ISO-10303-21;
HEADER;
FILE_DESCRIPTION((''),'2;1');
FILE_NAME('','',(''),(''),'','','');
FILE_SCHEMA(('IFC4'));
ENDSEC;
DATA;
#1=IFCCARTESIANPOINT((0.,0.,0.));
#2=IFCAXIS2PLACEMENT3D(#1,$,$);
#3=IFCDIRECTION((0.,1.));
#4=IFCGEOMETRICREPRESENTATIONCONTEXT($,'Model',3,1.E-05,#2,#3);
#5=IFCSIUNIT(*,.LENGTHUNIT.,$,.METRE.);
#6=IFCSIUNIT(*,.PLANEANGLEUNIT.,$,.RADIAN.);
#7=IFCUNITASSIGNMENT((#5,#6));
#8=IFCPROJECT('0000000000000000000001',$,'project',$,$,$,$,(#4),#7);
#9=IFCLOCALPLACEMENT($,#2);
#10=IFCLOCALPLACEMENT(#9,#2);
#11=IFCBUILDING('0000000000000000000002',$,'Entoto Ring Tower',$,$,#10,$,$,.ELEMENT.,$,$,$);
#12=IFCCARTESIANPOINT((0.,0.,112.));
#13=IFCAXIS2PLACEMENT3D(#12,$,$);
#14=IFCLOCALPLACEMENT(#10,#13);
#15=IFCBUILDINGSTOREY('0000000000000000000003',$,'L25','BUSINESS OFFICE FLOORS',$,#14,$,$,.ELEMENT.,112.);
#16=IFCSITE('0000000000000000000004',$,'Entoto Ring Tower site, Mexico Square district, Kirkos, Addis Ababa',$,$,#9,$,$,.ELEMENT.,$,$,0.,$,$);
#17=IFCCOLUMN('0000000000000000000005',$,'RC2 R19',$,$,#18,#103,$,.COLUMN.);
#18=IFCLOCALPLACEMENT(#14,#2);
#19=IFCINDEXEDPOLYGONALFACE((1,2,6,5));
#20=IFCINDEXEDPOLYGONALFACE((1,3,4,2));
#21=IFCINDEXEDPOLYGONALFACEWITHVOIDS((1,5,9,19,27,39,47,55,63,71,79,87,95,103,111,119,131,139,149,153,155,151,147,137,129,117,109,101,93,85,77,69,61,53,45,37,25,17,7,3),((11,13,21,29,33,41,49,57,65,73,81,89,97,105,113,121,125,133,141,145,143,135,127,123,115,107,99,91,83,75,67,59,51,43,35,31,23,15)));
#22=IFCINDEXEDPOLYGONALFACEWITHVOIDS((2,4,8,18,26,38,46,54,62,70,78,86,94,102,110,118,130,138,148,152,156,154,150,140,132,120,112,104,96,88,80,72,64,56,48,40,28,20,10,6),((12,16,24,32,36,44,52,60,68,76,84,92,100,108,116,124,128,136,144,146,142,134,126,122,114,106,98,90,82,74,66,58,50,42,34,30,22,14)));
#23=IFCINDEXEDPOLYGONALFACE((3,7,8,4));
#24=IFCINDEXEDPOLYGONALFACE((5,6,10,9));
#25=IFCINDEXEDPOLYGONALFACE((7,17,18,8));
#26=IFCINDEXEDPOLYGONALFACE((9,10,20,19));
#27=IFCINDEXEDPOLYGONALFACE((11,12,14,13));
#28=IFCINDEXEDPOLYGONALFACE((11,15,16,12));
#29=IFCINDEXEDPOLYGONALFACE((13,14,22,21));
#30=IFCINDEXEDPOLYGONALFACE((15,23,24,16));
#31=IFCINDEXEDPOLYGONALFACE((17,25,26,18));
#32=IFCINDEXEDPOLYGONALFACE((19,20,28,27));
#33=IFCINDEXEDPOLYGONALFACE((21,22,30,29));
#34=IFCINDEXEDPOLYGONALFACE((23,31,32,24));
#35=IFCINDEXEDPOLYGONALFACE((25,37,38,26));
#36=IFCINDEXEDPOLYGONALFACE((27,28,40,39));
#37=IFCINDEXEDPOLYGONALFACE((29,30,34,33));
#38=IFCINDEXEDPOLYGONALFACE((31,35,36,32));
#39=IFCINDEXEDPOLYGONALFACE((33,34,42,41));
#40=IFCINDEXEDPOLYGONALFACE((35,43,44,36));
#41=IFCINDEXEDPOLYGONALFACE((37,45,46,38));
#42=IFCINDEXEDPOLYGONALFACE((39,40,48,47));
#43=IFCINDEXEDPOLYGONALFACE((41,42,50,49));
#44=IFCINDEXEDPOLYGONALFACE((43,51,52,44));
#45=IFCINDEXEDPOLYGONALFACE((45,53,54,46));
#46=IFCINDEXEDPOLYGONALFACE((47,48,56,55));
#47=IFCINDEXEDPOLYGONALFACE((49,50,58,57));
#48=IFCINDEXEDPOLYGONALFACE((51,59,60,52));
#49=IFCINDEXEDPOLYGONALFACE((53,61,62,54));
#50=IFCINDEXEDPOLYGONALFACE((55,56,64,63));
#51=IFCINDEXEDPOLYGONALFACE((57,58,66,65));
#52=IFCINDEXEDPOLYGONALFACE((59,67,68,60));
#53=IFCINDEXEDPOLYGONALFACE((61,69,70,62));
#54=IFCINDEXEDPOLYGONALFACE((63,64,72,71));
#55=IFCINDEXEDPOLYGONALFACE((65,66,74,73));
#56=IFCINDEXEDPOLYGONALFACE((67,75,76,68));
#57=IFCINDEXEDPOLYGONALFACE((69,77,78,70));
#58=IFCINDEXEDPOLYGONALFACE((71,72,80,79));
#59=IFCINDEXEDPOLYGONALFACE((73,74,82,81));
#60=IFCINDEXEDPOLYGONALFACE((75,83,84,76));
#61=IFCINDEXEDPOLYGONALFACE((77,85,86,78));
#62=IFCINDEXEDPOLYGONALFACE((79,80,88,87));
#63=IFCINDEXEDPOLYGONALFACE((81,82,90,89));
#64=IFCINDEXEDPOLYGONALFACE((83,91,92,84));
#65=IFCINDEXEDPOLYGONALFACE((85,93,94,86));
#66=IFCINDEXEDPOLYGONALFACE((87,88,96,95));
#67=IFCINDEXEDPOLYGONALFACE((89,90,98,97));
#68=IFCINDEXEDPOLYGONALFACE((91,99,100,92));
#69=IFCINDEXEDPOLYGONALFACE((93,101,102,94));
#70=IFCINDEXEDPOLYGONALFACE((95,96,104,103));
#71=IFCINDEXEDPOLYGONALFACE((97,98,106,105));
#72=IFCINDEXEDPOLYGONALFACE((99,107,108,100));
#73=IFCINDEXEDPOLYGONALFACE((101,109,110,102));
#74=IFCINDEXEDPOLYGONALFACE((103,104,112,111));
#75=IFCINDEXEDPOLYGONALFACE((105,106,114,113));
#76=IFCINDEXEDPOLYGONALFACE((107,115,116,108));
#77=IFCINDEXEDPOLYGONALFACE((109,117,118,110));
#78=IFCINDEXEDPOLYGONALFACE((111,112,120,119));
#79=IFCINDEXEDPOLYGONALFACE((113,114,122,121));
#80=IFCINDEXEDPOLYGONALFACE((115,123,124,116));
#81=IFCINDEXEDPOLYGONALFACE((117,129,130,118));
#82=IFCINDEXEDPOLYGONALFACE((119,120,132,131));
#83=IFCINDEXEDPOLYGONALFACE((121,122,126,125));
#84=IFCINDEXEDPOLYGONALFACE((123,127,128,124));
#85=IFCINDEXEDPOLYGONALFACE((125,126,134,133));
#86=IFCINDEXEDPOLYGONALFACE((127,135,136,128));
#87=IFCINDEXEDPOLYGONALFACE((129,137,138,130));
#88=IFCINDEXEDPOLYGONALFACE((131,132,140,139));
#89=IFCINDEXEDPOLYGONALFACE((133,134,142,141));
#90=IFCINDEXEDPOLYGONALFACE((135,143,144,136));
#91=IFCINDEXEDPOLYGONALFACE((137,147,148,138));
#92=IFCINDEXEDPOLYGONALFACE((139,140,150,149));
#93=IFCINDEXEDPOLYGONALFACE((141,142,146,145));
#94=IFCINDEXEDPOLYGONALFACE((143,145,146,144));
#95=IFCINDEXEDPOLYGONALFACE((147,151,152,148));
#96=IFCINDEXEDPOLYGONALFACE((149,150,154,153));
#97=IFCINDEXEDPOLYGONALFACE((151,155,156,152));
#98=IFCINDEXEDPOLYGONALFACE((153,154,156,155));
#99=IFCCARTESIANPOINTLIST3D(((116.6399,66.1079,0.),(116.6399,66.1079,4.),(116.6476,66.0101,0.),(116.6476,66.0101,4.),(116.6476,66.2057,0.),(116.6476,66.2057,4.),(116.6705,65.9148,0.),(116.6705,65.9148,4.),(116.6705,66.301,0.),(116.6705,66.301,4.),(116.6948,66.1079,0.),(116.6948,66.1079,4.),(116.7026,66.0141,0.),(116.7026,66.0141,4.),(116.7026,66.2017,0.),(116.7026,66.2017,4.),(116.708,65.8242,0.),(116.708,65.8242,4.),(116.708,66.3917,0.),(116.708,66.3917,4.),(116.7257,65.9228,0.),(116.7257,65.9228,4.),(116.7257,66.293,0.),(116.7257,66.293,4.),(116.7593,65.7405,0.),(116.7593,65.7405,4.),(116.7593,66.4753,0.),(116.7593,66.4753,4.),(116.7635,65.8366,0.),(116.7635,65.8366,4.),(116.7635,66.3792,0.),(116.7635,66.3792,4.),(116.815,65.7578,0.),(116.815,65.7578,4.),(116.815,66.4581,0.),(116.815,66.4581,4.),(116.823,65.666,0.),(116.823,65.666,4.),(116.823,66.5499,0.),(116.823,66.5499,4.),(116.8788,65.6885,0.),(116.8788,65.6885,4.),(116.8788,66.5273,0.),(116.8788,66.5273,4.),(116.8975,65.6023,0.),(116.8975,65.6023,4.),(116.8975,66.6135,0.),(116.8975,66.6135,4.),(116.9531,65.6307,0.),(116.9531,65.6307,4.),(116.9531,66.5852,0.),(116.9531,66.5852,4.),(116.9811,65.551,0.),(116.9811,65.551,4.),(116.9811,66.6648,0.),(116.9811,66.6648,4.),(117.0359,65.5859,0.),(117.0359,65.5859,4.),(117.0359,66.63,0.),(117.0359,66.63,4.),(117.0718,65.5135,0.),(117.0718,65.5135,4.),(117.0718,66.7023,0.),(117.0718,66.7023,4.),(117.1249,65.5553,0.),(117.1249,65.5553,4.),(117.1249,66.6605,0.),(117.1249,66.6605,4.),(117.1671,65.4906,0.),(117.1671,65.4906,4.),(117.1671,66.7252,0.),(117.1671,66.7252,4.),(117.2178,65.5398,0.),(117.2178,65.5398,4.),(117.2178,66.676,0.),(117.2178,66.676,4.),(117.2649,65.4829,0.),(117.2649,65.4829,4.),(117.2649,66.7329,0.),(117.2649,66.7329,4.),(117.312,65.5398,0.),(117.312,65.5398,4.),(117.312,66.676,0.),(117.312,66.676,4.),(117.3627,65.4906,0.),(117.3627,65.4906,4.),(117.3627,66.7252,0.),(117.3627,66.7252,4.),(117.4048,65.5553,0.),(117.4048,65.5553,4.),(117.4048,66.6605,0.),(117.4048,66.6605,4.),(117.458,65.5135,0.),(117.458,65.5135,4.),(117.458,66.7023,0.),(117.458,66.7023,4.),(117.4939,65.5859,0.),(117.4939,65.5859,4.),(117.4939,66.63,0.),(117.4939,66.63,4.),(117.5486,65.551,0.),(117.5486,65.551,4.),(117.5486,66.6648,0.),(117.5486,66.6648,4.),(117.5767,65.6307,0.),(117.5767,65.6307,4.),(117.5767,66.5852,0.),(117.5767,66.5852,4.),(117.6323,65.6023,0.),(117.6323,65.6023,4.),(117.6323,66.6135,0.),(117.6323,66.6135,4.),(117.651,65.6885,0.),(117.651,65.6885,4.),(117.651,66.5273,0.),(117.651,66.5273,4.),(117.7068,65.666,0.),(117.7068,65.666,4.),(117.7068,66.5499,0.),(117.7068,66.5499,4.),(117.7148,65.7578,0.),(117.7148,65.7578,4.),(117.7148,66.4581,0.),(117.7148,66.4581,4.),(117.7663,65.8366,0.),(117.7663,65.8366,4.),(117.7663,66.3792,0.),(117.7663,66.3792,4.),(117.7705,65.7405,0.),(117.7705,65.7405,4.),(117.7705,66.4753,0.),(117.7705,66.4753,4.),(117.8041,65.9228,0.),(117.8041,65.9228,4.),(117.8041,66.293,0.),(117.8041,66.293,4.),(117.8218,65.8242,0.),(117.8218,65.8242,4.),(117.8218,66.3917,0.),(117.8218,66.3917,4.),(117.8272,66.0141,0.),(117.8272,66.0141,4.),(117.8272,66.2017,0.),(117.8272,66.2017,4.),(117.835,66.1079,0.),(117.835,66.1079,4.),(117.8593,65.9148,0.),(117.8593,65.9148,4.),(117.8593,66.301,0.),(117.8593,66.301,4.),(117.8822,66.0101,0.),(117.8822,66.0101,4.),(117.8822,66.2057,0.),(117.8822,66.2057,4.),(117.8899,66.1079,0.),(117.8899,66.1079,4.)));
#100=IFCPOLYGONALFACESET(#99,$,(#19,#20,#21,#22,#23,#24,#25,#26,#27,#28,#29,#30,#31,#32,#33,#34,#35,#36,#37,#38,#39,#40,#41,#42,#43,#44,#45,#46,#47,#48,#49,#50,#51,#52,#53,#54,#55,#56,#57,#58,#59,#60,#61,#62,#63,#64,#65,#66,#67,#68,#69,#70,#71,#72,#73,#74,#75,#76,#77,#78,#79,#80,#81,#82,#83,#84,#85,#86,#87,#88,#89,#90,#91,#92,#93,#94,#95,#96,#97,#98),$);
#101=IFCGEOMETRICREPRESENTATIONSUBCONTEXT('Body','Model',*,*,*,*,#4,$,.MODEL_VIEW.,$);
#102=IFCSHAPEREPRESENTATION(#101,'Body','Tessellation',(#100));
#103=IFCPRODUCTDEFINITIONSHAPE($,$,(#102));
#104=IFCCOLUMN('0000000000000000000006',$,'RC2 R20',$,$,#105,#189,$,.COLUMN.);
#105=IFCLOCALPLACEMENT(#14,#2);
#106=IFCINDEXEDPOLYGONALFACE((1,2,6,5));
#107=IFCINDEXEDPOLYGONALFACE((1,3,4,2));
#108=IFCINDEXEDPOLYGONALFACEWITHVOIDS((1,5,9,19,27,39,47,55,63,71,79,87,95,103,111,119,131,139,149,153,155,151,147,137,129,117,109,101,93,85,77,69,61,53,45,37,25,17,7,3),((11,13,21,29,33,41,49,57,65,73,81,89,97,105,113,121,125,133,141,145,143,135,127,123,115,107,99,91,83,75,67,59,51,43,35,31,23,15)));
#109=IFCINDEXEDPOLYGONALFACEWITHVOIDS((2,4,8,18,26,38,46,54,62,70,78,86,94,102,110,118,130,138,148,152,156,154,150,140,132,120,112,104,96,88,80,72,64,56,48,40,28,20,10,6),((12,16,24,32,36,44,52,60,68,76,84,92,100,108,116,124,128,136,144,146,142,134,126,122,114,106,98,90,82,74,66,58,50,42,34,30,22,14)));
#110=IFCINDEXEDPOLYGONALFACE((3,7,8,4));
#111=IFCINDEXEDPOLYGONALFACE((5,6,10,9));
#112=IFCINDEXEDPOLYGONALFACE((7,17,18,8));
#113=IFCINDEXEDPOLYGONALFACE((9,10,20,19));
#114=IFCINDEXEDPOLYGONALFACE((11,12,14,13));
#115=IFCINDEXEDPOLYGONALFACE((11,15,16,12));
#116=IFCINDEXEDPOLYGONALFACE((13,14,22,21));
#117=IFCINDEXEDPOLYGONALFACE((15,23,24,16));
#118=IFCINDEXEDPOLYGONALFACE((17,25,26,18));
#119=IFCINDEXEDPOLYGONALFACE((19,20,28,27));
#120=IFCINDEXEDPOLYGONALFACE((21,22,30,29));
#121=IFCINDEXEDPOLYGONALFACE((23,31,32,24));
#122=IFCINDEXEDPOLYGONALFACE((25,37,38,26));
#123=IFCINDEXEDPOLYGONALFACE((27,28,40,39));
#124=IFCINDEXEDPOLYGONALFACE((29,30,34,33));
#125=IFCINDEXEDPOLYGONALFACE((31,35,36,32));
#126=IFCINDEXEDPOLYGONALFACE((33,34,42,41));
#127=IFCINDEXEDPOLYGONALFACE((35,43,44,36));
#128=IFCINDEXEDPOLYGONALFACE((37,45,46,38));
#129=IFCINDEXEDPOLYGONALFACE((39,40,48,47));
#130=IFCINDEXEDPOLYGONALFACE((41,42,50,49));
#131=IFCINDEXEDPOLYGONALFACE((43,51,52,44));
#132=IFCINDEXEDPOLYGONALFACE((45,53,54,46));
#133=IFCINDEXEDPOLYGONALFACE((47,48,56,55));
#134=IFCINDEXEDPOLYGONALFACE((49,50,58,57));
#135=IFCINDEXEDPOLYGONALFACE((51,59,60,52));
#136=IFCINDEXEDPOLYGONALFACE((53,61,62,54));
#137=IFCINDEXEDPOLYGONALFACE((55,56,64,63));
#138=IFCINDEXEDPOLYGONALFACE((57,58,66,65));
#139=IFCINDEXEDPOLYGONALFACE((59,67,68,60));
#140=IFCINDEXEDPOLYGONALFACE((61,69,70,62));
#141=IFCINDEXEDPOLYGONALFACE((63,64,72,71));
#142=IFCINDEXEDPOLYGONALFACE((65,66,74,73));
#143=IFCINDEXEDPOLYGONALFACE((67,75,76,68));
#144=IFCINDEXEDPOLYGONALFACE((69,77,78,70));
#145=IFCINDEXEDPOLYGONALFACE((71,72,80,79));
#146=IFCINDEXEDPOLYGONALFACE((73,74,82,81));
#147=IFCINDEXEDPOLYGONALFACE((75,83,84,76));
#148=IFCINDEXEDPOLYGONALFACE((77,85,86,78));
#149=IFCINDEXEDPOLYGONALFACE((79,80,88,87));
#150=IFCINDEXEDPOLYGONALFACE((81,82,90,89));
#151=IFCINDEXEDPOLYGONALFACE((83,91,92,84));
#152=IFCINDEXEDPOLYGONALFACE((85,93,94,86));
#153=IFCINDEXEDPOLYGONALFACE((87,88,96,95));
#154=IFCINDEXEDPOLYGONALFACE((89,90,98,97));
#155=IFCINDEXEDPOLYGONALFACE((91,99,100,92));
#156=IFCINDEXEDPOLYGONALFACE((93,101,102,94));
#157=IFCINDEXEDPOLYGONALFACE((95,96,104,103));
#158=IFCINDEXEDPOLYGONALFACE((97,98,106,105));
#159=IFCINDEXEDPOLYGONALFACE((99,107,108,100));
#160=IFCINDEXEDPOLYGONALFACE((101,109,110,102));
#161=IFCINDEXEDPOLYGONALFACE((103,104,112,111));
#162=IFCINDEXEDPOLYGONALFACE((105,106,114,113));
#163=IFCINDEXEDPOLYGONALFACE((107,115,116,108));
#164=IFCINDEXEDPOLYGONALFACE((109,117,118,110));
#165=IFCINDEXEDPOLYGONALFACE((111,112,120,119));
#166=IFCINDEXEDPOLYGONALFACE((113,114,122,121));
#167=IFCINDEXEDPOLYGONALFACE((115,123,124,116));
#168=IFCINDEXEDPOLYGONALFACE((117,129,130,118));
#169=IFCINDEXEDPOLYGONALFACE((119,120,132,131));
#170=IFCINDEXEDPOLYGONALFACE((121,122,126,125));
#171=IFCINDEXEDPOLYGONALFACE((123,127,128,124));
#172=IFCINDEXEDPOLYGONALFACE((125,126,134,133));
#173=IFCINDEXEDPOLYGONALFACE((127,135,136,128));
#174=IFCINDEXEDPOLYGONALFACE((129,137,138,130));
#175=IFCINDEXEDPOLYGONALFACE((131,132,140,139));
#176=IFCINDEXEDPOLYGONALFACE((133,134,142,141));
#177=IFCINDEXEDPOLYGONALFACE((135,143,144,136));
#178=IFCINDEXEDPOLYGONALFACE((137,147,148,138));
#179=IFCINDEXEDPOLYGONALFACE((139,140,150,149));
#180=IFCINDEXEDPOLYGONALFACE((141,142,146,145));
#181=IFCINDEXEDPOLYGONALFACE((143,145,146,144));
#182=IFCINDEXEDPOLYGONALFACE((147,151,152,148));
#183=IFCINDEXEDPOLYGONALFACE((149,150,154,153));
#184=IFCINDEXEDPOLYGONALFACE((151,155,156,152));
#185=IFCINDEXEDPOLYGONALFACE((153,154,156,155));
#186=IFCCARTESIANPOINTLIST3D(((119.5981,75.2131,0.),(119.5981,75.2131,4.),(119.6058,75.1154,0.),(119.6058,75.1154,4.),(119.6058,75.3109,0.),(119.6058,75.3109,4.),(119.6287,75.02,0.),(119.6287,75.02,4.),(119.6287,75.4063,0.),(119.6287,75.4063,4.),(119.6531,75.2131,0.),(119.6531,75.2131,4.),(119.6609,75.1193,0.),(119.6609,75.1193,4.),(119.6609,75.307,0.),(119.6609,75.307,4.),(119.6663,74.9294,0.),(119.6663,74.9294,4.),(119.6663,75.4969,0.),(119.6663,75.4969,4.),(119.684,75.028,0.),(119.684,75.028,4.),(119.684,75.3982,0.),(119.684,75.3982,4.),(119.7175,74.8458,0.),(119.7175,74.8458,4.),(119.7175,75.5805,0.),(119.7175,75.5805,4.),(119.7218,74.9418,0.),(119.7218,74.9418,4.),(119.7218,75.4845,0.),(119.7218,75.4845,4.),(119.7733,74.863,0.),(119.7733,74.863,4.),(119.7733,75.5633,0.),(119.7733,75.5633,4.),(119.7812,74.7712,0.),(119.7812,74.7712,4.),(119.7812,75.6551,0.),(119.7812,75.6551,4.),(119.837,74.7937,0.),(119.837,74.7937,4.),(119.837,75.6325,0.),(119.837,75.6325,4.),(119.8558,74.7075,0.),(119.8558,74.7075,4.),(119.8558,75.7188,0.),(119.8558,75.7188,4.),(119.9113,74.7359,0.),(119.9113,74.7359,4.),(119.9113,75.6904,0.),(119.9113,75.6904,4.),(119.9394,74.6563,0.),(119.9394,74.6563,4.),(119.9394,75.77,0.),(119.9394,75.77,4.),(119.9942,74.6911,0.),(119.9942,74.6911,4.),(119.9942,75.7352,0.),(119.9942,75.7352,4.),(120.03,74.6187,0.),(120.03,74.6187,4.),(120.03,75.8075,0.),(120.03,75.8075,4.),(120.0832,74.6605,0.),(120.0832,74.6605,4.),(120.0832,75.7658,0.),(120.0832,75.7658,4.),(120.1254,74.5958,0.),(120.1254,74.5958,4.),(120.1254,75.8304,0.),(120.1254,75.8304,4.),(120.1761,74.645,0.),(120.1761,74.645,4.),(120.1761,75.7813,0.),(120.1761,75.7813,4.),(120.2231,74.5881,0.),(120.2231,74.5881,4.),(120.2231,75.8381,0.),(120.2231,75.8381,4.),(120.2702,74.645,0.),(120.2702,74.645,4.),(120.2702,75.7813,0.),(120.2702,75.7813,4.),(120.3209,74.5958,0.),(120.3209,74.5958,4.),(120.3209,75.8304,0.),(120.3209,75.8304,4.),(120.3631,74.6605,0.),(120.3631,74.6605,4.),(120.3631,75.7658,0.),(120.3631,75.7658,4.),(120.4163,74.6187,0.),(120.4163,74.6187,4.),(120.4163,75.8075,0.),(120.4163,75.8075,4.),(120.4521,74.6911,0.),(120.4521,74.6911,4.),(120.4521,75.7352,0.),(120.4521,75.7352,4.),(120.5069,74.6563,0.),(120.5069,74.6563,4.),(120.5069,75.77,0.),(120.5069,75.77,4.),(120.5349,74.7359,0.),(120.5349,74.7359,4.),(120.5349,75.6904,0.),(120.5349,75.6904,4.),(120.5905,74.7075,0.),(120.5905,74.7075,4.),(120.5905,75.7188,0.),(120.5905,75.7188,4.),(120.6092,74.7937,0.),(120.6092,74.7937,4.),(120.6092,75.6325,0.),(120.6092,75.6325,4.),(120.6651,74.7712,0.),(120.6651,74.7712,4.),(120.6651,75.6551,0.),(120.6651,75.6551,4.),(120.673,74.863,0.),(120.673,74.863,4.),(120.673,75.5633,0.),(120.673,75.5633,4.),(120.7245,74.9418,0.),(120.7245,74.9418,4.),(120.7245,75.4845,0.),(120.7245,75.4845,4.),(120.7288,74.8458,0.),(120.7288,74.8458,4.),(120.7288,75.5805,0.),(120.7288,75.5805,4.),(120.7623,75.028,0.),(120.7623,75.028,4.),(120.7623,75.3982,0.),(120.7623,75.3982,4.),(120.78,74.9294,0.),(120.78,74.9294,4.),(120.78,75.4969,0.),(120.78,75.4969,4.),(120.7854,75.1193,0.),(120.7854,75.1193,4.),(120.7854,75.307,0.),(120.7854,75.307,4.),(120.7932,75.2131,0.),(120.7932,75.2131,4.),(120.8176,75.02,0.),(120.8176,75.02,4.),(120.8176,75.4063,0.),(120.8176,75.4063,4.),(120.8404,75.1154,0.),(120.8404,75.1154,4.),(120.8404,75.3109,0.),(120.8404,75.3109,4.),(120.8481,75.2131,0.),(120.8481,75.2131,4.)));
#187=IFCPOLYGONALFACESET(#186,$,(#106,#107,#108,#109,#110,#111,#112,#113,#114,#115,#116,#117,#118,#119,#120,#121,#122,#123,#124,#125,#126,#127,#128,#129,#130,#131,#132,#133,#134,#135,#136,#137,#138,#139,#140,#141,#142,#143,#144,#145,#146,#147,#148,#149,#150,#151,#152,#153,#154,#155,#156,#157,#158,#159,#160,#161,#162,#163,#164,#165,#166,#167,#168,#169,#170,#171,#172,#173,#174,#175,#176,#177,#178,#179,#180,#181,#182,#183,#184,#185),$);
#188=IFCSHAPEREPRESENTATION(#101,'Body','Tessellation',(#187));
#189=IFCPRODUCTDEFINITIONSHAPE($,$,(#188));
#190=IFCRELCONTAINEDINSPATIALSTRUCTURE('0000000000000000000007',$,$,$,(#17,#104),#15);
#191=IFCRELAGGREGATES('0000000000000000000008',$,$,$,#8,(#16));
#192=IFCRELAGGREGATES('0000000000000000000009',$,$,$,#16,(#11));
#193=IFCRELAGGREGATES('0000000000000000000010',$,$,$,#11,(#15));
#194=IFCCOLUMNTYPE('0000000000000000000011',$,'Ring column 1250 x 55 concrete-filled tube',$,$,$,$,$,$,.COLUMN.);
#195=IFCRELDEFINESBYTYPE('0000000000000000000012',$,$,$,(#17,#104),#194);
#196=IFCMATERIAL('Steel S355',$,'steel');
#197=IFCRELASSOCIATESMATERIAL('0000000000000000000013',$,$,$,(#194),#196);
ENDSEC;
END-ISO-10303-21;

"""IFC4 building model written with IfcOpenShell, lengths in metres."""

from ifc_helpers import new_model, si_unit, direction, frame, origin, origin_2d, place, context, subcontext, project, spatial, circle, hollow_circle, extrude, material, material_profile, profile_set, type_object, element, save


model = new_model("IFC4")

# Units and contexts
model_context = context("Model", 3, precision=1e-05, world=origin(), true_north=direction((0.0, 1.0)))
body_context = subcontext(model_context, "Body", "Model", "MODEL_VIEW")
ifc_project = project(units=[si_unit("LENGTHUNIT", "METRE"), si_unit("PLANEANGLEUNIT", "RADIAN")], contexts=[model_context])

# Site, building, storey
site_placement = place(None, origin())
site = spatial("IfcSite", under=ifc_project, at=site_placement, Name="Entoto Ring Tower site, Mexico Square district, Kirkos, Addis Ababa", CompositionType="ELEMENT", RefElevation=0.0)
building_placement = place(site_placement, origin())
building = spatial("IfcBuilding", under=site, at=building_placement, Name="Entoto Ring Tower", CompositionType="ELEMENT")
storey_placement = place(building_placement, frame((0.0, 0.0, 112.0)))
storey = spatial("IfcBuildingStorey", under=building, at=storey_placement, Name="L25", Description="BUSINESS OFFICE FLOORS", CompositionType="ELEMENT", Elevation=112.0)

# Columns
ifc_material_1 = material(Name="Steel S355", Category="steel")
ifc_material_profile_1 = material_profile(ifc_material_1, hollow_circle(Radius=0.625, WallThickness=0.0549, at=origin_2d()), Name="CHS 1250 x 55")
ifc_material_2 = material(Name="Concrete C60/75", Category="concrete")
ifc_material_profile_2 = material_profile(ifc_material_2, circle(Radius=0.5701, at=origin_2d()), Name="Concrete C60/75 infill")
ifc_profile_set_1 = profile_set([ifc_material_profile_1, ifc_material_profile_2], Name="Steel S355")
column_type = type_object("IfcColumnType", Name="Ring column 1250 x 55 concrete-filled tube", PredefinedType="COLUMN", material=ifc_profile_set_1)
for number, where, z_axis, x_axis, name in (
    (1, (117.2649, 66.1079, 0.0), (0.0, 0.0, 1.0), (1.0, 0.0, 0.0), "RC2 R19"),
    (2, (120.2231, 75.2131, 0.0), (0.0, 0.0, 1.0), (1.0, 0.0, 0.0), "RC2 R20"),
):
    element("IfcColumn", number, at=place(storey_placement, frame(where, z_axis=z_axis, x_axis=x_axis)), inside=storey, type_object=column_type, Name=name, PredefinedType="COLUMN", context=body_context, shape_type="SweptSolid", body=[
        extrude(hollow_circle(Radius=0.625, WallThickness=0.0549, at=origin_2d()), origin(), (0.0, 0.0, 1.0), 4.0),
    ])

save(model, "model.ifc")
